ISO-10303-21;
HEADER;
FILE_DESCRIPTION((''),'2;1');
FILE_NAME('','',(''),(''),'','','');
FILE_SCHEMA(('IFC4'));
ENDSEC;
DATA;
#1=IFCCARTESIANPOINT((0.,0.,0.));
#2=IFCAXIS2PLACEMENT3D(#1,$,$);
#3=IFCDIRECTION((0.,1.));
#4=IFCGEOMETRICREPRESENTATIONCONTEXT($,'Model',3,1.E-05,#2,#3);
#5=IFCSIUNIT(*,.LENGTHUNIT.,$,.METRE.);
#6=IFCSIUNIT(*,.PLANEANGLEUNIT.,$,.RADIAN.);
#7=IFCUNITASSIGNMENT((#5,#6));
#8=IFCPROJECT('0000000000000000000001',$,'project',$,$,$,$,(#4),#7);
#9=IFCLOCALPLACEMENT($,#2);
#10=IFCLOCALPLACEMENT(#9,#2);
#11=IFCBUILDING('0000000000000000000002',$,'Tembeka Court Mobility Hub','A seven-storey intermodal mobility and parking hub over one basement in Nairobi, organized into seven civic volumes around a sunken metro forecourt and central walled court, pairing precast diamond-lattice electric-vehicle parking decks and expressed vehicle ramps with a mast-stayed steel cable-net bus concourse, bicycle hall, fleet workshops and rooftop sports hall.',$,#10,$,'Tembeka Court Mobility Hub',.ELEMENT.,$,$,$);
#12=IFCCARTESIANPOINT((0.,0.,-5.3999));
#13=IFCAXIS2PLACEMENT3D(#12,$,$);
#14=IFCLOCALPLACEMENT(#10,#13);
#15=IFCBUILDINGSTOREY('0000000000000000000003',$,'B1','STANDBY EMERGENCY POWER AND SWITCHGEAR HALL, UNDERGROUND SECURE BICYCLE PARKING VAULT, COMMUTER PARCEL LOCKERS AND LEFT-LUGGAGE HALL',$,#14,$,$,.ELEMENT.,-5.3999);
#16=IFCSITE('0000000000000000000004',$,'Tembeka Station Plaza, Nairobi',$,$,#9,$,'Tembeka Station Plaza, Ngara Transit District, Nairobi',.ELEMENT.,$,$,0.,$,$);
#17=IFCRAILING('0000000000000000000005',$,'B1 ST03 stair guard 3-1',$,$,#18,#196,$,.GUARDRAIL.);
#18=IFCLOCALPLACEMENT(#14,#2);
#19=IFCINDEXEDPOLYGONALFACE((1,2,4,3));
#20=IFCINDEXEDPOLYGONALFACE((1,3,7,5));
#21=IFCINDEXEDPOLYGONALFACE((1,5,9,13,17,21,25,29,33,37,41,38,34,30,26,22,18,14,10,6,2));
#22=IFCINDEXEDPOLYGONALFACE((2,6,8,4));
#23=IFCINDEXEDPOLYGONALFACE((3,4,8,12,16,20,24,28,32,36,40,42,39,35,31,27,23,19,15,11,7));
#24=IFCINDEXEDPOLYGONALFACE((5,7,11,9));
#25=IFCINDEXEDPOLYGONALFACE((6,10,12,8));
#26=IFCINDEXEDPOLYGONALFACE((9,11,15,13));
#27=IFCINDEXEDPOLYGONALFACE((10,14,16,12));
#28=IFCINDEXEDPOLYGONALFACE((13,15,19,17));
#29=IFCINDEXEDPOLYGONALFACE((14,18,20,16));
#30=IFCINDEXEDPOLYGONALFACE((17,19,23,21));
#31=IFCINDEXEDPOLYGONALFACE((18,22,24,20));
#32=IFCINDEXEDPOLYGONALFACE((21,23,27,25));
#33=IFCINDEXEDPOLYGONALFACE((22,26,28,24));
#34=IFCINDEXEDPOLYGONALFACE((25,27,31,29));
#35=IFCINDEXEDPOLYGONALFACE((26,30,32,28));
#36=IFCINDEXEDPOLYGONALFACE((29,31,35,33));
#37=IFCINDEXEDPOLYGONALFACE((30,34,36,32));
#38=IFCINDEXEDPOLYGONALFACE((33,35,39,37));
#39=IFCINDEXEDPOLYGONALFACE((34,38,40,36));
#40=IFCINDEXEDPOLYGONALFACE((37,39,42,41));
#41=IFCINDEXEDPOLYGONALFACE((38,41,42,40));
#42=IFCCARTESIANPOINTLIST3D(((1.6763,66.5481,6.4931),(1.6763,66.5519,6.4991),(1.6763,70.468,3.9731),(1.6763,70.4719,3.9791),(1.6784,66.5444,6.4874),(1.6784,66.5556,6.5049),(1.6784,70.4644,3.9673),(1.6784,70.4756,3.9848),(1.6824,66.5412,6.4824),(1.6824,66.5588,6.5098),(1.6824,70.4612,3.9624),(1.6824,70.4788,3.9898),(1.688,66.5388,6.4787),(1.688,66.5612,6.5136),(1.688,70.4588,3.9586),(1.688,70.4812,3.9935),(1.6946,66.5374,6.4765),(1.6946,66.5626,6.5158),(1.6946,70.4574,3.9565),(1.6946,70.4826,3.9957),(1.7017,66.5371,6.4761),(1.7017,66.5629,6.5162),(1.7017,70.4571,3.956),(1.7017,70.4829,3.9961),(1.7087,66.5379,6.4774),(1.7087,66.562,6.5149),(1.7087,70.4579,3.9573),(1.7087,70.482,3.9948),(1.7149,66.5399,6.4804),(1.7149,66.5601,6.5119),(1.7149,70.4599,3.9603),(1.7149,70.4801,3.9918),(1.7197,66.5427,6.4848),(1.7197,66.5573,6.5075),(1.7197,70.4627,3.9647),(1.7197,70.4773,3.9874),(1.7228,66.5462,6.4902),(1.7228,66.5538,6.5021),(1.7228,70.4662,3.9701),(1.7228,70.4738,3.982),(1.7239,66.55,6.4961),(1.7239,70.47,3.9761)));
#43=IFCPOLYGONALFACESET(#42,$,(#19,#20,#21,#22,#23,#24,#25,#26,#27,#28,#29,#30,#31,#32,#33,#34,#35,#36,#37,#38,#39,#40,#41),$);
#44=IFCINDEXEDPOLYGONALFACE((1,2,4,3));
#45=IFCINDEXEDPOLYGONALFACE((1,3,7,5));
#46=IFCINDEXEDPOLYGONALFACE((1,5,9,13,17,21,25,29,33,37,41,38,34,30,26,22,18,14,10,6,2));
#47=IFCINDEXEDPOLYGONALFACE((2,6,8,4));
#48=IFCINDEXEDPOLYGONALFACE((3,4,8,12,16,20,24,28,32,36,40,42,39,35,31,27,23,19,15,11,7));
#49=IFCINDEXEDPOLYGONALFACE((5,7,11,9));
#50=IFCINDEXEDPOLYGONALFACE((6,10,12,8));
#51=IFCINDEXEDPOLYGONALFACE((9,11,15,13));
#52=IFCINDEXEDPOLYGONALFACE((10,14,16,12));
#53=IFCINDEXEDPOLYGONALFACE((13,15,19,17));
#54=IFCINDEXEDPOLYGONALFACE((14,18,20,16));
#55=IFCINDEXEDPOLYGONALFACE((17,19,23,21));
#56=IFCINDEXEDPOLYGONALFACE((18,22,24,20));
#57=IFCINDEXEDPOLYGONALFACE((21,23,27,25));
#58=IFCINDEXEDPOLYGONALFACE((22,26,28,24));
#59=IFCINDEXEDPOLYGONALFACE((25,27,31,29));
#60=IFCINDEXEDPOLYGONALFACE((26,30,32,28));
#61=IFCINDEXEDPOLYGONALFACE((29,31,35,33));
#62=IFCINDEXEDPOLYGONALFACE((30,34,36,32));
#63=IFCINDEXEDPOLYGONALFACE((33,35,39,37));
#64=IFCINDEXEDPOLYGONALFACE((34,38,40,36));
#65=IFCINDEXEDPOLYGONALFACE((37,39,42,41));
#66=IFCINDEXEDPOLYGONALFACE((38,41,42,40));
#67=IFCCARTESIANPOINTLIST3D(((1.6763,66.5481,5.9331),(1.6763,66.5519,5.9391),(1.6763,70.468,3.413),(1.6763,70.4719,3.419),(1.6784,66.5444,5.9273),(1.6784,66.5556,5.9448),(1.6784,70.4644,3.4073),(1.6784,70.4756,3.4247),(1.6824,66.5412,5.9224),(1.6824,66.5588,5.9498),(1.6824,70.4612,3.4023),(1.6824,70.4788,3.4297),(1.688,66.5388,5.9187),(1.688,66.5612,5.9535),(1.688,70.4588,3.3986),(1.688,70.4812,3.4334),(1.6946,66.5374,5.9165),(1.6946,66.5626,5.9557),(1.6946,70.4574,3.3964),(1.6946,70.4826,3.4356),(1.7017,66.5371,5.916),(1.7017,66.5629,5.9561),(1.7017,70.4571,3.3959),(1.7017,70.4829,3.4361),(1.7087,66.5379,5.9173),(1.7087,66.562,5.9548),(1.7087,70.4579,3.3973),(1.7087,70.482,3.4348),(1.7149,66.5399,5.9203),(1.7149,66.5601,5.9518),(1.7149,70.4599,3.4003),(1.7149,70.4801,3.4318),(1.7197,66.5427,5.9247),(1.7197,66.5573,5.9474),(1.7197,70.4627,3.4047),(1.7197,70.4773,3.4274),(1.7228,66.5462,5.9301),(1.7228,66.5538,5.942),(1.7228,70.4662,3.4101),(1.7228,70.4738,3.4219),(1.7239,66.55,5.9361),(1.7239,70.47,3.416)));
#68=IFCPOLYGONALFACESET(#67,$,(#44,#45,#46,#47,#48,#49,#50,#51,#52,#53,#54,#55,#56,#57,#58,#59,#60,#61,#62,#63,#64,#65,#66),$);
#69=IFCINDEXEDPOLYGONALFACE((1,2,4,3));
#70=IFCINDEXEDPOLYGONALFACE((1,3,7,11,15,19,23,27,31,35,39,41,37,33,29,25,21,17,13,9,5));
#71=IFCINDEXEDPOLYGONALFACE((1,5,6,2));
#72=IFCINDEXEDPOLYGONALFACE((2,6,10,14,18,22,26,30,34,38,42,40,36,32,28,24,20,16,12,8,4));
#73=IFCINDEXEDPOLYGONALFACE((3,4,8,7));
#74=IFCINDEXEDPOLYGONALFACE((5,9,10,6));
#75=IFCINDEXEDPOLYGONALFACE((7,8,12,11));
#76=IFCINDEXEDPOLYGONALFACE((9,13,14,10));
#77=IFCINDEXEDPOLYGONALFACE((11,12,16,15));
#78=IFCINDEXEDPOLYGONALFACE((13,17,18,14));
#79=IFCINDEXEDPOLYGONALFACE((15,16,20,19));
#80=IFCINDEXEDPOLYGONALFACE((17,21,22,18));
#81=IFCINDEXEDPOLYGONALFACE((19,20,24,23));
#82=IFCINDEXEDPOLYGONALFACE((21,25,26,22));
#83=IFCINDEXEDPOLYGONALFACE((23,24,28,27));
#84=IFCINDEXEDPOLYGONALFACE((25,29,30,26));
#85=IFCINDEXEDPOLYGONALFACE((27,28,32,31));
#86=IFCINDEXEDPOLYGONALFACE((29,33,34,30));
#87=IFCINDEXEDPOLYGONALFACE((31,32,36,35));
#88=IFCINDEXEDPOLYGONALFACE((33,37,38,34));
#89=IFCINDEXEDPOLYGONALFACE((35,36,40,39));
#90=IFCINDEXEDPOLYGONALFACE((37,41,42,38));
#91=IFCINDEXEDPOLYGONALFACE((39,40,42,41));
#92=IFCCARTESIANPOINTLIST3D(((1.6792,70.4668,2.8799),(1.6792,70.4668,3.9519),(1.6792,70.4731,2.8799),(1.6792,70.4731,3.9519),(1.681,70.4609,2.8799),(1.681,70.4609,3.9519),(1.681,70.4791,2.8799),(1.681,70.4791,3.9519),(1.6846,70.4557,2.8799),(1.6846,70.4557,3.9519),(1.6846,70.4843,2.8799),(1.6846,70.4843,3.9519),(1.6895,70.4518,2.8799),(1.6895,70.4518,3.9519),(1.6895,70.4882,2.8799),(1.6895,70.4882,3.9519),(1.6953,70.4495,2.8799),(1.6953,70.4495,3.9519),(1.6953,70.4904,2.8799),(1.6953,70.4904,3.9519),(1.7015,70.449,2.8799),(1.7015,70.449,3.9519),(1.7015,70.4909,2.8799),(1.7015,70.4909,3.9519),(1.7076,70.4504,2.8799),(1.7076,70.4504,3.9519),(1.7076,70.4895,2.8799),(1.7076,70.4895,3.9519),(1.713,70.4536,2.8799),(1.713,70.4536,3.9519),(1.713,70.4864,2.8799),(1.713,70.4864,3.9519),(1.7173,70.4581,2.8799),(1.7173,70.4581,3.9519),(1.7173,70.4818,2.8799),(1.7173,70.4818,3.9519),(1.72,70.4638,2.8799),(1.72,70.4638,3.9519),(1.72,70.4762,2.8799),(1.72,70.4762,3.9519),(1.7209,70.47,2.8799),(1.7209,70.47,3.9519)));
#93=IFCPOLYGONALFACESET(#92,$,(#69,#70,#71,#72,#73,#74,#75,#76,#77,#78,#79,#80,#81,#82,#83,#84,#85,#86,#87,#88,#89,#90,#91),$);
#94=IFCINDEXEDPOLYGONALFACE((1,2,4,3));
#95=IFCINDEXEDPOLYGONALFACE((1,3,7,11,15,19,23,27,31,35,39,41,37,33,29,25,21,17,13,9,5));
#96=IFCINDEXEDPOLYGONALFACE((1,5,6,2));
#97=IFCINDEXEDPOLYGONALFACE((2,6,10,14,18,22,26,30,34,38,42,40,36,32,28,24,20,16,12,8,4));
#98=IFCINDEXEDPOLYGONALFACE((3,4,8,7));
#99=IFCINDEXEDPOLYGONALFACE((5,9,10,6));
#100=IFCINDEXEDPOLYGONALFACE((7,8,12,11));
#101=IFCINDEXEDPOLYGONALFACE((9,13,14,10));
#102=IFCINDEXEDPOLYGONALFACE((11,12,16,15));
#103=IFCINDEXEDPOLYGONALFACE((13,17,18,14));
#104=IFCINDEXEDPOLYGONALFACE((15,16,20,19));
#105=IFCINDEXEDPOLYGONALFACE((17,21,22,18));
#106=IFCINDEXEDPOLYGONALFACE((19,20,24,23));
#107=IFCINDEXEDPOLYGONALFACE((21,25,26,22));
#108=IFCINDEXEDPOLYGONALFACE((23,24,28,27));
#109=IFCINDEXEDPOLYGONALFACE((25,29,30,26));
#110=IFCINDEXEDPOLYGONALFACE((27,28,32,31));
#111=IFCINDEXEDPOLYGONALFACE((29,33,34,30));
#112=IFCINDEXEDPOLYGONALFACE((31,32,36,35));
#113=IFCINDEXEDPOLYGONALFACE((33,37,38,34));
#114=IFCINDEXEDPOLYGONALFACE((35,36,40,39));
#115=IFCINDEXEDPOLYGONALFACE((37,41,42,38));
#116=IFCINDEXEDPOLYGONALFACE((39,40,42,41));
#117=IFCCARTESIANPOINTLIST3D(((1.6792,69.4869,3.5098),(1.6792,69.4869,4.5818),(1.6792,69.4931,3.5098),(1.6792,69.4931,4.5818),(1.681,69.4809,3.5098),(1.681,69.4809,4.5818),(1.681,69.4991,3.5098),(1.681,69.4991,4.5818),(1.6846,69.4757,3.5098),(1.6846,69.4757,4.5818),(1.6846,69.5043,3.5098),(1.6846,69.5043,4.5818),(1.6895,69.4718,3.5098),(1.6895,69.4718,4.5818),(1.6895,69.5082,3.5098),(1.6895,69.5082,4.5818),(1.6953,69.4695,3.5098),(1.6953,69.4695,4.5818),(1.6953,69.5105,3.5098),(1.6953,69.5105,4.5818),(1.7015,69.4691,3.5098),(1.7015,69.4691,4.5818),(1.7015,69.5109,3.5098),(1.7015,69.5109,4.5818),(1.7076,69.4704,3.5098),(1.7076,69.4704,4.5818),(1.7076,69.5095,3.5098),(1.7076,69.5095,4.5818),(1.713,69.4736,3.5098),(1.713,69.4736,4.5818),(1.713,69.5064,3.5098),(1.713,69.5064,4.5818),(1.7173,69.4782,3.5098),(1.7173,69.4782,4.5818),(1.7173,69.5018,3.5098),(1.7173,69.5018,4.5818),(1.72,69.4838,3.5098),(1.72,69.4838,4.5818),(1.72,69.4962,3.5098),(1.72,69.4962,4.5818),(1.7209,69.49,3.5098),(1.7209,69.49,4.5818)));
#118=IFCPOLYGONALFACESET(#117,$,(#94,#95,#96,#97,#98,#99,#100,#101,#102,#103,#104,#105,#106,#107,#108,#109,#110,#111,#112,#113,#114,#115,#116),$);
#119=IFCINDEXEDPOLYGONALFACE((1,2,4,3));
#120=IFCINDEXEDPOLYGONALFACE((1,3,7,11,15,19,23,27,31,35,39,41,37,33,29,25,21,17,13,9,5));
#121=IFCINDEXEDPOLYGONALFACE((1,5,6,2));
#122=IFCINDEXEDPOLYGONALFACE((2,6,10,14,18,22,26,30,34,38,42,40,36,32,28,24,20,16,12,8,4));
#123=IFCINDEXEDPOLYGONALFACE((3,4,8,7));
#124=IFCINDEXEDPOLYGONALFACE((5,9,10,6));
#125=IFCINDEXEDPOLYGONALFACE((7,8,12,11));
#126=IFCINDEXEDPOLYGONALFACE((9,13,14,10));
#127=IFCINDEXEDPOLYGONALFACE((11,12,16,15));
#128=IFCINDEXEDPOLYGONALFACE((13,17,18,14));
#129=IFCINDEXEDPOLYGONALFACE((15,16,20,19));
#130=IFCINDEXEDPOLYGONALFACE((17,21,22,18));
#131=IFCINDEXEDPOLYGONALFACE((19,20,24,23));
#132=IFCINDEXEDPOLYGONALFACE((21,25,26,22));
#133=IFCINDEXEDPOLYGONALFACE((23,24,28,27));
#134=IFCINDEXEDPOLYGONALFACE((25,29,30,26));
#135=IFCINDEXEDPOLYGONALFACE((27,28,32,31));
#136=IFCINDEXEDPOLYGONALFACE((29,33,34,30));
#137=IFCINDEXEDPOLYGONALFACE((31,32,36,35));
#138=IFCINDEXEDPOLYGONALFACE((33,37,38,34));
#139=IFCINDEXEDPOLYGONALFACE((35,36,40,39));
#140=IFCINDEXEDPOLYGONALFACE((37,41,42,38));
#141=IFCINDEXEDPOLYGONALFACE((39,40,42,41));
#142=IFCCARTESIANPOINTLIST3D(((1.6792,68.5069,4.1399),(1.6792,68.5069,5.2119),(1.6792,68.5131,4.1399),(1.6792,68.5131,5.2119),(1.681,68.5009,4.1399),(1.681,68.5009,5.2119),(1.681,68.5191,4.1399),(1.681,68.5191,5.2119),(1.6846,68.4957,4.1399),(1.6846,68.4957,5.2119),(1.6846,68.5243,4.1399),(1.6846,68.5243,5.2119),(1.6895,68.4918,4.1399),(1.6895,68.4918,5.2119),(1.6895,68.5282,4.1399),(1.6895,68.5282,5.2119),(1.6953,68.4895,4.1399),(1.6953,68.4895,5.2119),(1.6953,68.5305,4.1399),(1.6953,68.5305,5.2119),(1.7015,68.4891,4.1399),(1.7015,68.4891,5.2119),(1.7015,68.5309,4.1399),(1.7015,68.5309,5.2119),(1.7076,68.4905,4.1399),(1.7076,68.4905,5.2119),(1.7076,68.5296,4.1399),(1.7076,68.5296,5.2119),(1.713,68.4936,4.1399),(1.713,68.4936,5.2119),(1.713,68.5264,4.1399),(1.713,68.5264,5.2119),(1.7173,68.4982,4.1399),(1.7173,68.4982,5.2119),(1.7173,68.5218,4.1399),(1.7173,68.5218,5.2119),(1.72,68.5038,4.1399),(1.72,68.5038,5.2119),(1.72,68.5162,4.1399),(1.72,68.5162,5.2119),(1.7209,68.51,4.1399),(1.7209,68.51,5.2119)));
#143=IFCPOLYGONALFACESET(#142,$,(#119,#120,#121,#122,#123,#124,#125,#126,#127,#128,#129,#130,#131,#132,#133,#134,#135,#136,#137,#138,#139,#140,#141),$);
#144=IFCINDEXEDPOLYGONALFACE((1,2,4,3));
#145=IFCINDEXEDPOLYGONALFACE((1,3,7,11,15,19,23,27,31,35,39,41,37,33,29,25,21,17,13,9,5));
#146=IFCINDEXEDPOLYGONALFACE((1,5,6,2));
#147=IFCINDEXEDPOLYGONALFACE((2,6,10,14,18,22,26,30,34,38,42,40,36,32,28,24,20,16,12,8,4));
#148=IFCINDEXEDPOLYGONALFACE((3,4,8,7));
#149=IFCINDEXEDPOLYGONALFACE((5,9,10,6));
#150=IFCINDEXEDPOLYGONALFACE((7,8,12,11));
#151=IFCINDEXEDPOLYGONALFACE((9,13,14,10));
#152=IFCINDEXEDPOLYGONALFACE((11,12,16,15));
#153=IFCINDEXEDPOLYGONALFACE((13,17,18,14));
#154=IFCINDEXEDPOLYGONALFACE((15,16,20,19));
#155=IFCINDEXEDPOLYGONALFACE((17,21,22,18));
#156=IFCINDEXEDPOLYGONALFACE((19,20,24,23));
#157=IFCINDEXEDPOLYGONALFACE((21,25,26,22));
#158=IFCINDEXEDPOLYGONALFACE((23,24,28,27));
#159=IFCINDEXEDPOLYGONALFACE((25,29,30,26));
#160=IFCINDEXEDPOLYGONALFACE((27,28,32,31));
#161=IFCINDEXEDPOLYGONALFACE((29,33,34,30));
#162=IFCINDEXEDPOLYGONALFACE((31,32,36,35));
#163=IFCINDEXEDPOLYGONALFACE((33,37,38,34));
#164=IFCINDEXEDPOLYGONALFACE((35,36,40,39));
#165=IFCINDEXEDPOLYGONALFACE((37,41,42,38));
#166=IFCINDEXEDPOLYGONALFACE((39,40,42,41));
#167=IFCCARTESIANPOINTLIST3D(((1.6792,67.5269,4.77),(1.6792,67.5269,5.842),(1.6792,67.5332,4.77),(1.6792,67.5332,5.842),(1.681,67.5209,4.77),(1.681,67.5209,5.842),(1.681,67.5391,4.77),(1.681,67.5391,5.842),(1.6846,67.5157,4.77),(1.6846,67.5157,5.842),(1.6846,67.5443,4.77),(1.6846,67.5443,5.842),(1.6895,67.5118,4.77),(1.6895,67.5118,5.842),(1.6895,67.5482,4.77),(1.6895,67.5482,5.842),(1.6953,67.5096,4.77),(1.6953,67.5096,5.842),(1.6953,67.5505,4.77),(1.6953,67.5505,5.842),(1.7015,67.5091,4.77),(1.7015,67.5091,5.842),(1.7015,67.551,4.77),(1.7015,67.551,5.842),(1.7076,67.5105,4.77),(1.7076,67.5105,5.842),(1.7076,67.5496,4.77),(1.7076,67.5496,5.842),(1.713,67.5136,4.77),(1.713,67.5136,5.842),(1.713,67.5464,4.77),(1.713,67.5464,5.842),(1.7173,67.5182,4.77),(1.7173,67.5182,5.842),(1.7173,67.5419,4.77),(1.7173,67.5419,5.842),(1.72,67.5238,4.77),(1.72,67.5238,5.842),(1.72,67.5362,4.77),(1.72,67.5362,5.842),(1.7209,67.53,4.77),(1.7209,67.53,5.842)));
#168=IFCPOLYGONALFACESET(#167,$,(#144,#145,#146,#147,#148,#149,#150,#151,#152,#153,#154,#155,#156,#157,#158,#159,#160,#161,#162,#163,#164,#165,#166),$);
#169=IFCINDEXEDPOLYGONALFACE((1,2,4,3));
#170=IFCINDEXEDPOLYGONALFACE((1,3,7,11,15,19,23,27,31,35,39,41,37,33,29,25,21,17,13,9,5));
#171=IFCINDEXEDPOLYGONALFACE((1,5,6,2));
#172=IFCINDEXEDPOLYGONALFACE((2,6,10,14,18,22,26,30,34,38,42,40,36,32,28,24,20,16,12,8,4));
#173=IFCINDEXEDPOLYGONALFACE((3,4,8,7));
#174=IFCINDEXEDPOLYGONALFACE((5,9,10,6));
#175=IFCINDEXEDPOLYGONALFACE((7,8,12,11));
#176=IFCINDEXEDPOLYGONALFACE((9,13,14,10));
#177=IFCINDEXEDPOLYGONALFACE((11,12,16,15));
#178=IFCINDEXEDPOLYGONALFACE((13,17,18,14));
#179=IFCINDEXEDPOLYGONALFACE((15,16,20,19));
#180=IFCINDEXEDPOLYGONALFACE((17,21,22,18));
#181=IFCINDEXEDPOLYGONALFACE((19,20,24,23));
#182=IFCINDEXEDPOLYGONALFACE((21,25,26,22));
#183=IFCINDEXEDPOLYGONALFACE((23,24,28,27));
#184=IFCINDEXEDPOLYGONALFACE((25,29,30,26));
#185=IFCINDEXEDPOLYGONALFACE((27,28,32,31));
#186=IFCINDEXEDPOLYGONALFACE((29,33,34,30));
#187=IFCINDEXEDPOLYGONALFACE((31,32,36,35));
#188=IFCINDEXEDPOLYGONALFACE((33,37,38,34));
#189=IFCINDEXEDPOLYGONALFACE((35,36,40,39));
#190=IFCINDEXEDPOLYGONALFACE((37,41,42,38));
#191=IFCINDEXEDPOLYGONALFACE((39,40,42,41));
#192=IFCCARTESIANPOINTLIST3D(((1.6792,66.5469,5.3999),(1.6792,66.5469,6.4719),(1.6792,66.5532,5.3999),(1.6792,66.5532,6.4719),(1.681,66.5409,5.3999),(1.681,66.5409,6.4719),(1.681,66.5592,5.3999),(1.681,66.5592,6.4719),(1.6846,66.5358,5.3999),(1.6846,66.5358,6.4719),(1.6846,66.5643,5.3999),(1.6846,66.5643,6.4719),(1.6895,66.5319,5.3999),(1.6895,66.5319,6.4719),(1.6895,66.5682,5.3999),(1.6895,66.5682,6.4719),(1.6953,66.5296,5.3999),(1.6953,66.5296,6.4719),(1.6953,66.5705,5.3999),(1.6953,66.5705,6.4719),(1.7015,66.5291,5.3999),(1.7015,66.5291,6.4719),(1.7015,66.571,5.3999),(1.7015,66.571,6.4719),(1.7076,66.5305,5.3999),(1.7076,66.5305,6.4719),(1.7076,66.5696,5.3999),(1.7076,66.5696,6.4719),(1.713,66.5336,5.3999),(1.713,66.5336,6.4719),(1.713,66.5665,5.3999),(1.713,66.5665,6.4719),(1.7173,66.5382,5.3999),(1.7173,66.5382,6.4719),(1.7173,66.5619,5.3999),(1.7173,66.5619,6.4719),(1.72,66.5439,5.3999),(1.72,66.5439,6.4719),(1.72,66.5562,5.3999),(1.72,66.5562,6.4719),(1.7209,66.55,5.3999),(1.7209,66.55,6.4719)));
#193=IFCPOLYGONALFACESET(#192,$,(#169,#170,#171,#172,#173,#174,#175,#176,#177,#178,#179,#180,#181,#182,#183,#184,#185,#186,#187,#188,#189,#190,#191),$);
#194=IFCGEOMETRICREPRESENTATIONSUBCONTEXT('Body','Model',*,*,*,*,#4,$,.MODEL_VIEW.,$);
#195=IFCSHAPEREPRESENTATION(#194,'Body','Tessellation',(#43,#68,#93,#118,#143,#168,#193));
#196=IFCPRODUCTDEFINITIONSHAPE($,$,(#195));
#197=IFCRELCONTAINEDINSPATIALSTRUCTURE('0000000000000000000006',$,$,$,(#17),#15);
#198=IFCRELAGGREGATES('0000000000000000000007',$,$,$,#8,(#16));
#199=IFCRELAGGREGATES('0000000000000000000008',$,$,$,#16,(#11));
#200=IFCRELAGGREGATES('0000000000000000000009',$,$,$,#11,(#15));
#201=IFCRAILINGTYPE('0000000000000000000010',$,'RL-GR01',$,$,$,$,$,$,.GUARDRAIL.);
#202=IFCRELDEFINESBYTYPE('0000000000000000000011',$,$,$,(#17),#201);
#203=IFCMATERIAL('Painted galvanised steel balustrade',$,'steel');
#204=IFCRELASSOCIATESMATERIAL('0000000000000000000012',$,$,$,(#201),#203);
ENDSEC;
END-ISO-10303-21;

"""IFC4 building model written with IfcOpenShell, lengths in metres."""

from ifc_helpers import new_model, si_unit, direction, frame, origin, origin_2d, place, context, subcontext, project, spatial, circle, extrude, material, type_object, element, save


model = new_model("IFC4")

# Units and contexts
model_context = context("Model", 3, precision=1e-05, world=origin(), true_north=direction((0.0, 1.0)))
body_context = subcontext(model_context, "Body", "Model", "MODEL_VIEW")
ifc_project = project(units=[si_unit("LENGTHUNIT", "METRE"), si_unit("PLANEANGLEUNIT", "RADIAN")], contexts=[model_context])

# Site, building, storey
site_placement = place(None, origin())
site = spatial("IfcSite", under=ifc_project, at=site_placement, Name="Tembeka Station Plaza, Nairobi", LongName="Tembeka Station Plaza, Ngara Transit District, Nairobi", CompositionType="ELEMENT", RefElevation=0.0)
building_placement = place(site_placement, origin())
building = spatial("IfcBuilding", under=site, at=building_placement, Name="Tembeka Court Mobility Hub", Description="A seven-storey intermodal mobility and parking hub over one basement in Nairobi, organized into seven civic volumes around a sunken metro forecourt and central walled court, pairing precast diamond-lattice electric-vehicle parking decks and expressed vehicle ramps with a mast-stayed steel cable-net bus concourse, bicycle hall, fleet workshops and rooftop sports hall.", LongName="Tembeka Court Mobility Hub", CompositionType="ELEMENT")
storey_placement = place(building_placement, frame((0.0, 0.0, -5.3999)))
storey = spatial("IfcBuildingStorey", under=building, at=storey_placement, Name="B1", Description="STANDBY EMERGENCY POWER AND SWITCHGEAR HALL, UNDERGROUND SECURE BICYCLE PARKING VAULT, COMMUTER PARCEL LOCKERS AND LEFT-LUGGAGE HALL", CompositionType="ELEMENT", Elevation=-5.3999)

# Railing
ifc_material_1 = material(Name="Painted galvanised steel balustrade", Category="steel")
railing_type_1 = type_object("IfcRailingType", Name="RL-GR01", PredefinedType="GUARDRAIL", material=ifc_material_1)
railing_1_placement = place(storey_placement, frame((1.7, 70.47, 2.8799)))
element("IfcRailing", 1, at=railing_1_placement, inside=storey, type_object=railing_type_1, Name="B1 ST03 stair guard 3-1", PredefinedType="GUARDRAIL", context=body_context, shape_type="SweptSolid", body=[
    extrude(circle(Radius=0.0239, at=origin_2d()), frame((0.0, 0.0, 1.0962), z_axis=(0.0, -0.841172, 0.540768), x_axis=(1.0, 0.0, 0.0)), (0.0, 0.0, 1.0), 4.6602),
    extrude(circle(Radius=0.0239, at=origin_2d()), frame((0.0, 0.0, 0.5361), z_axis=(0.0, -0.841172, 0.540768), x_axis=(1.0, 0.0, 0.0)), (0.0, 0.0, 1.0), 4.6602),
    extrude(circle(Radius=0.021, at=origin_2d()), origin(), (0.0, 0.0, 1.0), 1.072),
    extrude(circle(Radius=0.021, at=origin_2d()), frame((0.0, -0.98, 0.6299)), (0.0, 0.0, 1.0), 1.072),
    extrude(circle(Radius=0.021, at=origin_2d()), frame((0.0, -1.96, 1.26)), (0.0, 0.0, 1.0), 1.072),
    extrude(circle(Radius=0.021, at=origin_2d()), frame((0.0, -2.9399, 1.8901)), (0.0, 0.0, 1.0), 1.072),
    extrude(circle(Radius=0.021, at=origin_2d()), frame((0.0, -3.9199, 2.52)), (0.0, 0.0, 1.0), 1.072),
])

save(model, "model.ifc")
